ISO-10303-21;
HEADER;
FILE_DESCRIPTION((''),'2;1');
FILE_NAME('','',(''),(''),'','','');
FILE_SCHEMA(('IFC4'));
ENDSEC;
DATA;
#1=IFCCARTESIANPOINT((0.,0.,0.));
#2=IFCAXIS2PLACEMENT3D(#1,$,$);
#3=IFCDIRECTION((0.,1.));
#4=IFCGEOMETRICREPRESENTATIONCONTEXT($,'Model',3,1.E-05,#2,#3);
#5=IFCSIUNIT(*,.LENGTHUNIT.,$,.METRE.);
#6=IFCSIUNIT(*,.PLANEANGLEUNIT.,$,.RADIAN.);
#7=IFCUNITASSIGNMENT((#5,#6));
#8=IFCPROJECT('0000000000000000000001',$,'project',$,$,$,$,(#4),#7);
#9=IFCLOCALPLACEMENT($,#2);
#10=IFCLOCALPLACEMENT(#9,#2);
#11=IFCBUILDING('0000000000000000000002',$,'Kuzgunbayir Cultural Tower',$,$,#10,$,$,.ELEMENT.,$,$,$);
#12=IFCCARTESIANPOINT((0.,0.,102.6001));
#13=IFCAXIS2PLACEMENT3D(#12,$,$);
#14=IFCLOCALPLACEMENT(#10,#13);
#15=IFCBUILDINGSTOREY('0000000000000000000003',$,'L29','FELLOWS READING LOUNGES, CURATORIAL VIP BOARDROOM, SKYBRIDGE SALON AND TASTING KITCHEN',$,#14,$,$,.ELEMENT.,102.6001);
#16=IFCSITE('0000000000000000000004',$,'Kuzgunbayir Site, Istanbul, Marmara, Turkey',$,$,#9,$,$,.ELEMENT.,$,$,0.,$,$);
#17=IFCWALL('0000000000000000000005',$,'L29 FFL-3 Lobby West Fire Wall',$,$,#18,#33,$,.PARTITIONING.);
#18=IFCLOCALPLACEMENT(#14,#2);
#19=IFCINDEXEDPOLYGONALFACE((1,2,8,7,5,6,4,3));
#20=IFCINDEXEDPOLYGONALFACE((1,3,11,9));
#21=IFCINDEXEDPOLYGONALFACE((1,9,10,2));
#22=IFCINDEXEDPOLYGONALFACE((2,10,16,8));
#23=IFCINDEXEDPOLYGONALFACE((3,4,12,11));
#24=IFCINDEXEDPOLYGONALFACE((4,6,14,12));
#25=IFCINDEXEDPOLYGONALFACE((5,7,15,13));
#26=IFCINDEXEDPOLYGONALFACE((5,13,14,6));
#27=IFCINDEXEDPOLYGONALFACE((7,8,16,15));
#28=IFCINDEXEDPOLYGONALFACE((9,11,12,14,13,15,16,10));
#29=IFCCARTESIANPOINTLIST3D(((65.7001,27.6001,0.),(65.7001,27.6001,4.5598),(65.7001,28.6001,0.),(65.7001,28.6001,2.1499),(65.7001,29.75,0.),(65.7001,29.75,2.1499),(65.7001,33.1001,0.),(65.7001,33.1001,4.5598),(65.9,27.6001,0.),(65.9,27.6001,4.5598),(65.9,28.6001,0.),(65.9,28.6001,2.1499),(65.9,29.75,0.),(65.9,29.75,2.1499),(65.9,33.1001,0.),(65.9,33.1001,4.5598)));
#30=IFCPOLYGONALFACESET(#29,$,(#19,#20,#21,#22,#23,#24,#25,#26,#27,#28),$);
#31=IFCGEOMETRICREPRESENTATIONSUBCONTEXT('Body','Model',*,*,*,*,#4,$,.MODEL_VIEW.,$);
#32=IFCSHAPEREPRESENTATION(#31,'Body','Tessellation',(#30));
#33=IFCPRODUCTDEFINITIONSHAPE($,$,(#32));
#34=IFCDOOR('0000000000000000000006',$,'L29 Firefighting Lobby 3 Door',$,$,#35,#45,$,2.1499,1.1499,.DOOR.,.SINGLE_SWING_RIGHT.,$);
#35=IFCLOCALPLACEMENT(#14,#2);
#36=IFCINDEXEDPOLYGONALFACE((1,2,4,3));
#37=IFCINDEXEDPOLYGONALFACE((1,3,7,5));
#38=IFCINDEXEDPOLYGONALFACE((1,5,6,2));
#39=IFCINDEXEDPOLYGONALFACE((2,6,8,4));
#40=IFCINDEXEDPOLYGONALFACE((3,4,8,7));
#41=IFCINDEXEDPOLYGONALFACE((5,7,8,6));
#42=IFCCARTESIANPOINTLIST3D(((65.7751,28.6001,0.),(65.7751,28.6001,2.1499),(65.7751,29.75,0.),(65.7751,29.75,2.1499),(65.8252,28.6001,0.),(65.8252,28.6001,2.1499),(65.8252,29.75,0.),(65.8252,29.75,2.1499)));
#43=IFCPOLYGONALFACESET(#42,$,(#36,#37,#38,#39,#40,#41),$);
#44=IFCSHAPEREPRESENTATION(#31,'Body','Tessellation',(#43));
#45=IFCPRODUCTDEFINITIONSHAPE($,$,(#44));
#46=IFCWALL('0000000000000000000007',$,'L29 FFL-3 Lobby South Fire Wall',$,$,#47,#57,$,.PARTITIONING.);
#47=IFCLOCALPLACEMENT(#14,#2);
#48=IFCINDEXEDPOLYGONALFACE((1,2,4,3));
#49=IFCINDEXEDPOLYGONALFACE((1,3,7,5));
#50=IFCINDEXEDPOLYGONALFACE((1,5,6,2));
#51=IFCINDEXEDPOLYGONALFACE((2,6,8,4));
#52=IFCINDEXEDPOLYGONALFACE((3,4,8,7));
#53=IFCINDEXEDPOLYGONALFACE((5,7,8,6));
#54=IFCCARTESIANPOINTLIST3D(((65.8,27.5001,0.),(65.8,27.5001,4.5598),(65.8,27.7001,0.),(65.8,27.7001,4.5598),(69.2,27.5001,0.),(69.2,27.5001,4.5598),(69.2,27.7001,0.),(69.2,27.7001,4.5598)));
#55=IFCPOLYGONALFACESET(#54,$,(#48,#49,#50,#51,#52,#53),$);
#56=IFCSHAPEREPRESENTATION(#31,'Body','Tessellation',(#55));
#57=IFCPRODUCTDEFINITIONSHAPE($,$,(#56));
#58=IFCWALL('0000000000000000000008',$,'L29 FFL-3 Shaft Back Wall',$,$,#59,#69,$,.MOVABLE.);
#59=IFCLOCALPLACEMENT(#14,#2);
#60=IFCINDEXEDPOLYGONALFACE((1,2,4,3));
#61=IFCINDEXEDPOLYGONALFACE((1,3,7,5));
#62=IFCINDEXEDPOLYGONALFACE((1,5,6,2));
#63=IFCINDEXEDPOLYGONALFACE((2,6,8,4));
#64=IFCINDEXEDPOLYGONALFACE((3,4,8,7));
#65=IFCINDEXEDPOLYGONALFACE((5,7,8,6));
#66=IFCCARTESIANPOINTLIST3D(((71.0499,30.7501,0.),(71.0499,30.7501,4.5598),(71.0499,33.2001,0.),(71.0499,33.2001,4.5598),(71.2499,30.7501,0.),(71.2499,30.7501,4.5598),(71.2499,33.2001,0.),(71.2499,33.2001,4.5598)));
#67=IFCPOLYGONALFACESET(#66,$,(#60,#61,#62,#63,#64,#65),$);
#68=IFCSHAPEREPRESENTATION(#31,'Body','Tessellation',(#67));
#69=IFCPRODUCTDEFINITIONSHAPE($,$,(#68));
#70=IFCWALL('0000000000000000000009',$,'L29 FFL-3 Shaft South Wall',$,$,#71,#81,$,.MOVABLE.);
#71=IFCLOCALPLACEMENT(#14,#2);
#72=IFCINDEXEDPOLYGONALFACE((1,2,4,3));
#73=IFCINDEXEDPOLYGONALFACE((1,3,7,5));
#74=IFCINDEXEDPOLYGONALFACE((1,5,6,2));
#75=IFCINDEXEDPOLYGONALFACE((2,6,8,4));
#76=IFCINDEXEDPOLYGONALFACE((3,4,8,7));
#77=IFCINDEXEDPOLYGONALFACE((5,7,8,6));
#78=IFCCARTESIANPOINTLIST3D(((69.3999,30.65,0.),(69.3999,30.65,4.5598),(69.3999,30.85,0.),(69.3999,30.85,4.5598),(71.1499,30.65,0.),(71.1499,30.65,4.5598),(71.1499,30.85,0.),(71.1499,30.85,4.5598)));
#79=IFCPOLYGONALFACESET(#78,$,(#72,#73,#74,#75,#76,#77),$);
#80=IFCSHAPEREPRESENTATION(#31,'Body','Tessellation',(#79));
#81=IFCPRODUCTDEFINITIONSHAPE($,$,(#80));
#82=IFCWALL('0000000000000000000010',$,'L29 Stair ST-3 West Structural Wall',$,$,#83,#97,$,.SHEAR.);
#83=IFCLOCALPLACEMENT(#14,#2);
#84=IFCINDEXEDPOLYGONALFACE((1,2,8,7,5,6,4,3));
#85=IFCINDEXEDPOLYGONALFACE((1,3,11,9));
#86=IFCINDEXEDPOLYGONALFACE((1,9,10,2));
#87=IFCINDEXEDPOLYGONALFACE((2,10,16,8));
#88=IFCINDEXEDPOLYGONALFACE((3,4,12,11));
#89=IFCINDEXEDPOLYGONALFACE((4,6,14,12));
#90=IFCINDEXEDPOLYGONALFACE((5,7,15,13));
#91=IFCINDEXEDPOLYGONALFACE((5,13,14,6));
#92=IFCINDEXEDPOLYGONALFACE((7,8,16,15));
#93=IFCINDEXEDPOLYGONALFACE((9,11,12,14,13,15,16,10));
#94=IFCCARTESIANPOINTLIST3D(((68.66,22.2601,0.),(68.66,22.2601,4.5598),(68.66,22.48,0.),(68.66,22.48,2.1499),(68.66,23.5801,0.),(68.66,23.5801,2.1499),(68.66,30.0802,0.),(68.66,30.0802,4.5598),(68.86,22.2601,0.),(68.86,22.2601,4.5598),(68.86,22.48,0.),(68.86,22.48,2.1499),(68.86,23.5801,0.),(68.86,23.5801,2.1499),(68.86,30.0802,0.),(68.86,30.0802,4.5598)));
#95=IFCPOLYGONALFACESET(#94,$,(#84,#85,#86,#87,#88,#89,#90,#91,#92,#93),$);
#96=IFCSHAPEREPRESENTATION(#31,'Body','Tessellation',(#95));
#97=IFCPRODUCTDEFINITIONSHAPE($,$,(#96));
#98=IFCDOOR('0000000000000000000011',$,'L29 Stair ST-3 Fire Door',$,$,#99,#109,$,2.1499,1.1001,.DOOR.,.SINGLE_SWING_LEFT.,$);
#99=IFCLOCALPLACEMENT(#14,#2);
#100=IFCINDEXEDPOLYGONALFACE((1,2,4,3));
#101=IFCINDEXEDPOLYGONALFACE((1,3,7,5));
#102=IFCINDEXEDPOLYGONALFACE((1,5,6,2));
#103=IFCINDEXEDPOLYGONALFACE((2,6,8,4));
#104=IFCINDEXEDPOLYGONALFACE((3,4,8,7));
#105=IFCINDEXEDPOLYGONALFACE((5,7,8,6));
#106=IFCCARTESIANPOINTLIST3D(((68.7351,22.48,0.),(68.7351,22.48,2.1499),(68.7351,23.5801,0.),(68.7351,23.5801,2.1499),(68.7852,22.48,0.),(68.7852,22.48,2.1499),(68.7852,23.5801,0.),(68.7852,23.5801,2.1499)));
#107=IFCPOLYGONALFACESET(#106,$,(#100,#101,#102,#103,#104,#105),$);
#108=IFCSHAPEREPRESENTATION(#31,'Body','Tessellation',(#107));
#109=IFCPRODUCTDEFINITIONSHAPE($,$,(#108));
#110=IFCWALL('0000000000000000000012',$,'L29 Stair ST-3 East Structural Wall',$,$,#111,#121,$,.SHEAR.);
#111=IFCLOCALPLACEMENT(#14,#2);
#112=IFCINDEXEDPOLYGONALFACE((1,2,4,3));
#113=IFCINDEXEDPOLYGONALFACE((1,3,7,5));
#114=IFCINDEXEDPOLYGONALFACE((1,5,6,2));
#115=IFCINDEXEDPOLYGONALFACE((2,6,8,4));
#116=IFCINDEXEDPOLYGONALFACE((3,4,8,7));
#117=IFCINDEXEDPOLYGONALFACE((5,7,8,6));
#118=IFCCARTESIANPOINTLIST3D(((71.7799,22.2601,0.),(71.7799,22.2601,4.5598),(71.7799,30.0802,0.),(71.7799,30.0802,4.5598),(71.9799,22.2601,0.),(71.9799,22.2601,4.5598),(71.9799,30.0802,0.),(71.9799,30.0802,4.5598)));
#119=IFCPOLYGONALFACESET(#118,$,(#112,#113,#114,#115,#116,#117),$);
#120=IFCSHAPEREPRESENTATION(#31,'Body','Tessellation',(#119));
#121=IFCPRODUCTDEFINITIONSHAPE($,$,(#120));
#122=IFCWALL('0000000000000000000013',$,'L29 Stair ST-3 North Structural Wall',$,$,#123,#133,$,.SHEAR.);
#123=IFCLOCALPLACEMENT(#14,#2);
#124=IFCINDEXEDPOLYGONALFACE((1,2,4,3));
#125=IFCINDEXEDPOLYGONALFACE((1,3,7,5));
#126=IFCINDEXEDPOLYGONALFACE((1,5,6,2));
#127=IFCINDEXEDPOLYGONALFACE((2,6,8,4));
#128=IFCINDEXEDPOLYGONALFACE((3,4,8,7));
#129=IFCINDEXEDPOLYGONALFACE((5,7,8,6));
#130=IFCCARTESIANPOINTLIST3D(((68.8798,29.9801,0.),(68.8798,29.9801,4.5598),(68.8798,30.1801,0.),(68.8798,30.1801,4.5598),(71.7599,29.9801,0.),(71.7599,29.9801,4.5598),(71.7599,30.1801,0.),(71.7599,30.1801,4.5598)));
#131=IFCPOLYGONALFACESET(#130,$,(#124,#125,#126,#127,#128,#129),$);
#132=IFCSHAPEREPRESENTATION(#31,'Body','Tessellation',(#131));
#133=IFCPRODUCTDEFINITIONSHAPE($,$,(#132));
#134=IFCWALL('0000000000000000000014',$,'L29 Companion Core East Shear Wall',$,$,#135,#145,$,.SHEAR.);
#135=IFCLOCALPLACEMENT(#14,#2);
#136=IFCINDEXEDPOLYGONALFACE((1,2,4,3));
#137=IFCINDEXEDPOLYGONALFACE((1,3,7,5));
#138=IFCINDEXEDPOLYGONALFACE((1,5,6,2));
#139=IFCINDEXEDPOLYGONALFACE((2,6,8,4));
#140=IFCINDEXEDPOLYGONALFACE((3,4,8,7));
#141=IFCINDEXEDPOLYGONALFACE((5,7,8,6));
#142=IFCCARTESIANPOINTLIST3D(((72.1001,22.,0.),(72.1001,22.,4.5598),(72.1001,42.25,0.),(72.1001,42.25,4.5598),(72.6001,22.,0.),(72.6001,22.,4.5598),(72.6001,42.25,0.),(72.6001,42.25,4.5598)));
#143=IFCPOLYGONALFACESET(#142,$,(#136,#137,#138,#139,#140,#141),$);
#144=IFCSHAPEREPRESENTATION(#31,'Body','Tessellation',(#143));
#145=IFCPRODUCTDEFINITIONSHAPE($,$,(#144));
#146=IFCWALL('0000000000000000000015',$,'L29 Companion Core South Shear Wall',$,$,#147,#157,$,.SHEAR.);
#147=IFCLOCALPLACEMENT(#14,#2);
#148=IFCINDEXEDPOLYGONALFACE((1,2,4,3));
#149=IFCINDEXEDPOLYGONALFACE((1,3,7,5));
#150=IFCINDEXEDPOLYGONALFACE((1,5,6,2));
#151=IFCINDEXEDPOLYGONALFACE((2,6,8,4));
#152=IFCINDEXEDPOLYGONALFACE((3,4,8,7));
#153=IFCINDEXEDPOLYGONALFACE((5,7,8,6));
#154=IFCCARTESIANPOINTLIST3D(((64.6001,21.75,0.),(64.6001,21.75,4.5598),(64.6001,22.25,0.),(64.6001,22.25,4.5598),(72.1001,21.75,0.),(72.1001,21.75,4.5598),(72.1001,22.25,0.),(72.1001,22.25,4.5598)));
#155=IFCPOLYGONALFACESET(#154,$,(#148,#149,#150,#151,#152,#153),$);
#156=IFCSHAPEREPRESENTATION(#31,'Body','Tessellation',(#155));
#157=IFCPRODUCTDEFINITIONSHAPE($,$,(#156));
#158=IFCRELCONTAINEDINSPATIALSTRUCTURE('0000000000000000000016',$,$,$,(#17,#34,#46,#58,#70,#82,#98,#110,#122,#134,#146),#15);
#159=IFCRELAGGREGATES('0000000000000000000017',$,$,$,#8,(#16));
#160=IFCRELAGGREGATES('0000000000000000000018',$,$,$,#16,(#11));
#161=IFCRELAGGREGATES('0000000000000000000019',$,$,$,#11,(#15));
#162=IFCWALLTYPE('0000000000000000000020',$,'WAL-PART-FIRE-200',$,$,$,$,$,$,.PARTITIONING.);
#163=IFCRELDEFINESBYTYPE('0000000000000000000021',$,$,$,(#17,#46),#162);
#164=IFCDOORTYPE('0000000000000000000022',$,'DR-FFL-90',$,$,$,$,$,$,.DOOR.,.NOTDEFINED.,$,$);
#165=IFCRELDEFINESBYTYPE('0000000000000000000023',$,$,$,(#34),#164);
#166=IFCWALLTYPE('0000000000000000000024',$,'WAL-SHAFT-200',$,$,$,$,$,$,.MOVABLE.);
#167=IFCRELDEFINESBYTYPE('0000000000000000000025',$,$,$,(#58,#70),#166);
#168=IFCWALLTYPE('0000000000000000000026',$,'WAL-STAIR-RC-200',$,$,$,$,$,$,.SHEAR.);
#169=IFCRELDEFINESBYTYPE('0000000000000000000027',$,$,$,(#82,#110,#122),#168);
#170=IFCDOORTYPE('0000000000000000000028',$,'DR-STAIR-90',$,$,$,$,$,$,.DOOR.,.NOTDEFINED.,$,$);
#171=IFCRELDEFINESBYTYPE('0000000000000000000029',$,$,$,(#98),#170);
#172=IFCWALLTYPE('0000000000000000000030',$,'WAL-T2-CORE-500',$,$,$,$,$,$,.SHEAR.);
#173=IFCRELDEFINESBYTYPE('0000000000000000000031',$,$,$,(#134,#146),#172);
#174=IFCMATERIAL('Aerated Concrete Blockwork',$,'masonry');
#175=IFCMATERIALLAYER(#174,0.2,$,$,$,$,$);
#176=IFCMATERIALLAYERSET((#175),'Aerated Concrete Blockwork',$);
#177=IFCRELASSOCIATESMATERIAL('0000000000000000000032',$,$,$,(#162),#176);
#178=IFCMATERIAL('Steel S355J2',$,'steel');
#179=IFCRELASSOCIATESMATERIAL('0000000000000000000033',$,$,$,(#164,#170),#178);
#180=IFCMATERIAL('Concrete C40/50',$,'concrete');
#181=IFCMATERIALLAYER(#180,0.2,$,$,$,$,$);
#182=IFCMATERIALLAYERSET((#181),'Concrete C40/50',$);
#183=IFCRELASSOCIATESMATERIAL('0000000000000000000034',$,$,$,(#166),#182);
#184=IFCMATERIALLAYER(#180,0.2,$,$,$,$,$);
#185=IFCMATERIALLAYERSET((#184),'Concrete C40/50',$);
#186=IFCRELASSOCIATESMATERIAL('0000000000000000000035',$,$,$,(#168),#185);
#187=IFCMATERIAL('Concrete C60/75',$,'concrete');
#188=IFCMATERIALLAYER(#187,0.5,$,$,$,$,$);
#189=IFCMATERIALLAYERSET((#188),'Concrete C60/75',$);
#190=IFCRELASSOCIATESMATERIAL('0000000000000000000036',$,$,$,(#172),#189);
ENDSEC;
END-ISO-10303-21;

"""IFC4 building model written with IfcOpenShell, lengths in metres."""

from ifc_helpers import new_model, si_unit, direction, frame, frame_2d, origin, place, context, subcontext, project, spatial, rectangle, extrude, material, layer, layer_set, type_object, element, fill, save


model = new_model("IFC4")

# Units and contexts
model_context = context("Model", 3, precision=1e-05, world=origin(), true_north=direction((0.0, 1.0)))
body_context = subcontext(model_context, "Body", "Model", "MODEL_VIEW")
ifc_project = project(units=[si_unit("LENGTHUNIT", "METRE"), si_unit("PLANEANGLEUNIT", "RADIAN")], contexts=[model_context])

# Site, building, storey
site_placement = place(None, origin())
site = spatial("IfcSite", under=ifc_project, at=site_placement, Name="Kuzgunbayir Site, Istanbul, Marmara, Turkey", CompositionType="ELEMENT", RefElevation=0.0)
building_placement = place(site_placement, origin())
building = spatial("IfcBuilding", under=site, at=building_placement, Name="Kuzgunbayir Cultural Tower", CompositionType="ELEMENT")
storey_placement = place(building_placement, frame((0.0, 0.0, 102.6001)))
storey = spatial("IfcBuildingStorey", under=building, at=storey_placement, Name="L29", Description="FELLOWS READING LOUNGES, CURATORIAL VIP BOARDROOM, SKYBRIDGE SALON AND TASTING KITCHEN", CompositionType="ELEMENT", Elevation=102.6001)

# Shared definitions
ifc_material_1 = material(Name="Concrete C60/75", Category="concrete")

# Shared definitions
ifc_material_2 = material(Name="Steel S355J2", Category="steel")

# Wall, opening, door
ifc_material_3 = material(Name="Aerated Concrete Blockwork", Category="masonry")
ifc_layer_1 = layer(ifc_material_3, 0.2)
ifc_layer_set_1 = layer_set([ifc_layer_1], Name="Aerated Concrete Blockwork")
wall_type_1 = type_object("IfcWallType", Name="WAL-PART-FIRE-200", PredefinedType="PARTITIONING", material=ifc_layer_set_1)
wall_1_placement = place(storey_placement, frame((65.8, 27.6001, 0.0), z_axis=(0.0, 0.0, 1.0), x_axis=(0.0, 1.0, 0.0)))
wall_1 = element("IfcWall", 1, at=wall_1_placement, inside=storey, type_object=wall_type_1, Name="L29 FFL-3 Lobby West Fire Wall", PredefinedType="PARTITIONING", context=body_context, shape_type="SweptSolid", body=[
    extrude(rectangle(XDim=5.5, YDim=0.2, at=frame_2d((2.75, 0.0))), origin(), (0.0, 0.0, 1.0), 4.5598),
])
opening_1_placement = place(wall_1_placement, frame((1.0, 0.0, 0.0)))
opening_1 = element("IfcOpeningElement", 2, at=opening_1_placement, cuts=wall_1, PredefinedType="OPENING", context=body_context, shape_type="SweptSolid", body=[
    extrude(rectangle(XDim=1.1499, YDim=2.1499, at=frame_2d((0.575, 1.075))), frame((0.0, 0.1099, 0.0), z_axis=(0.0, -1.0, 0.0), x_axis=(1.0, 0.0, 0.0)), (0.0, 0.0, 1.0), 0.22),
])
door_type_1 = type_object("IfcDoorType", Name="DR-FFL-90", OperationType="NOTDEFINED", PredefinedType="DOOR", material=ifc_material_2)
door_1_placement = place(opening_1_placement, origin())
door_1 = element("IfcDoor", 3, at=door_1_placement, inside=storey, type_object=door_type_1, Name="L29 Firefighting Lobby 3 Door", OperationType="SINGLE_SWING_RIGHT", OverallHeight=2.1499, OverallWidth=1.1499, PredefinedType="DOOR", context=body_context, shape_type="SweptSolid", body=[
    extrude(rectangle(XDim=1.1499, YDim=2.1499, at=frame_2d((0.575, 1.075))), frame((0.0, 0.0249, 0.0), z_axis=(0.0, -1.0, 0.0), x_axis=(1.0, 0.0, 0.0)), (0.0, 0.0, 1.0), 0.05),
])
fill(opening_1, door_1)

# Wall
wall_2_placement = place(storey_placement, frame((65.8, 27.6001, 0.0), z_axis=(0.0, 0.0, 1.0), x_axis=(1.0, 0.0, 0.0)))
element("IfcWall", 4, at=wall_2_placement, inside=storey, type_object=wall_type_1, Name="L29 FFL-3 Lobby South Fire Wall", PredefinedType="PARTITIONING", context=body_context, shape_type="SweptSolid", body=[
    extrude(rectangle(XDim=3.3999, YDim=0.2, at=frame_2d((1.7, 0.0))), origin(), (0.0, 0.0, 1.0), 4.5598),
])

# Shared definitions
ifc_material_4 = material(Name="Concrete C40/50", Category="concrete")
ifc_layer_2 = layer(ifc_material_4, 0.2)
ifc_layer_set_2 = layer_set([ifc_layer_2], Name="Concrete C40/50")
wall_type_2 = type_object("IfcWallType", Name="WAL-SHAFT-200", PredefinedType="MOVABLE", material=ifc_layer_set_2)

# Walls
wall_3_placement = place(storey_placement, frame((71.1499, 30.75, 0.0), z_axis=(0.0, 0.0, 1.0), x_axis=(0.0, 1.0, 0.0)))
element("IfcWall", 5, at=wall_3_placement, inside=storey, type_object=wall_type_2, Name="L29 FFL-3 Shaft Back Wall", PredefinedType="MOVABLE", context=body_context, shape_type="SweptSolid", body=[
    extrude(rectangle(XDim=2.45, YDim=0.2, at=frame_2d((1.2251, 0.0))), origin(), (0.0, 0.0, 1.0), 4.5598),
])
wall_4_placement = place(storey_placement, frame((69.3999, 30.75, 0.0), z_axis=(0.0, 0.0, 1.0), x_axis=(1.0, 0.0, 0.0)))
element("IfcWall", 6, at=wall_4_placement, inside=storey, type_object=wall_type_2, Name="L29 FFL-3 Shaft South Wall", PredefinedType="MOVABLE", context=body_context, shape_type="SweptSolid", body=[
    extrude(rectangle(XDim=1.75, YDim=0.2, at=frame_2d((0.875, 0.0))), origin(), (0.0, 0.0, 1.0), 4.5598),
])

# Wall, opening, door
ifc_layer_3 = layer(ifc_material_4, 0.2)
ifc_layer_set_3 = layer_set([ifc_layer_3], Name="Concrete C40/50")
wall_type_3 = type_object("IfcWallType", Name="WAL-STAIR-RC-200", PredefinedType="SHEAR", material=ifc_layer_set_3)
wall_5_placement = place(storey_placement, frame((68.76, 22.26, 0.0), z_axis=(0.0, 0.0, 1.0), x_axis=(0.0, 1.0, 0.0)))
wall_5 = element("IfcWall", 7, at=wall_5_placement, inside=storey, type_object=wall_type_3, Name="L29 Stair ST-3 West Structural Wall", PredefinedType="SHEAR", context=body_context, shape_type="SweptSolid", body=[
    extrude(rectangle(XDim=7.8201, YDim=0.2, at=frame_2d((3.9102, 0.0))), origin(), (0.0, 0.0, 1.0), 4.5598),
])
opening_2_placement = place(wall_5_placement, frame((0.22, 0.0, 0.0)))
opening_2 = element("IfcOpeningElement", 8, at=opening_2_placement, cuts=wall_5, PredefinedType="OPENING", context=body_context, shape_type="SweptSolid", body=[
    extrude(rectangle(XDim=1.1001, YDim=2.1499, at=frame_2d((0.55, 1.075))), frame((0.0, 0.1099, 0.0), z_axis=(0.0, -1.0, 0.0), x_axis=(1.0, 0.0, 0.0)), (0.0, 0.0, 1.0), 0.22),
])
door_type_2 = type_object("IfcDoorType", Name="DR-STAIR-90", OperationType="NOTDEFINED", PredefinedType="DOOR", material=ifc_material_2)
door_2_placement = place(opening_2_placement, origin())
door_2 = element("IfcDoor", 9, at=door_2_placement, inside=storey, type_object=door_type_2, Name="L29 Stair ST-3 Fire Door", OperationType="SINGLE_SWING_LEFT", OverallHeight=2.1499, OverallWidth=1.1001, PredefinedType="DOOR", context=body_context, shape_type="SweptSolid", body=[
    extrude(rectangle(XDim=1.1001, YDim=2.1499, at=frame_2d((0.55, 1.075))), frame((0.0, 0.0249, 0.0), z_axis=(0.0, -1.0, 0.0), x_axis=(1.0, 0.0, 0.0)), (0.0, 0.0, 1.0), 0.05),
])
fill(opening_2, door_2)

# Walls
wall_6_placement = place(storey_placement, frame((71.8799, 22.26, 0.0), z_axis=(0.0, 0.0, 1.0), x_axis=(0.0, 1.0, 0.0)))
element("IfcWall", 10, at=wall_6_placement, inside=storey, type_object=wall_type_3, Name="L29 Stair ST-3 East Structural Wall", PredefinedType="SHEAR", context=body_context, shape_type="SweptSolid", body=[
    extrude(rectangle(XDim=7.8201, YDim=0.2, at=frame_2d((3.9102, 0.0))), origin(), (0.0, 0.0, 1.0), 4.5598),
])
wall_7_placement = place(storey_placement, frame((68.8799, 30.0801, 0.0), z_axis=(0.0, 0.0, 1.0), x_axis=(1.0, 0.0, 0.0)))
element("IfcWall", 11, at=wall_7_placement, inside=storey, type_object=wall_type_3, Name="L29 Stair ST-3 North Structural Wall", PredefinedType="SHEAR", context=body_context, shape_type="SweptSolid", body=[
    extrude(rectangle(XDim=2.8801, YDim=0.2, at=frame_2d((1.4399, 0.0))), origin(), (0.0, 0.0, 1.0), 4.5598),
])
ifc_layer_4 = layer(ifc_material_1, 0.5)
ifc_layer_set_4 = layer_set([ifc_layer_4], Name="Concrete C60/75")
wall_type_4 = type_object("IfcWallType", Name="WAL-T2-CORE-500", PredefinedType="SHEAR", material=ifc_layer_set_4)
wall_8_placement = place(storey_placement, frame((72.3501, 22.0, 0.0), z_axis=(0.0, 0.0, 1.0), x_axis=(0.0, 1.0, 0.0)))
element("IfcWall", 12, at=wall_8_placement, inside=storey, type_object=wall_type_4, Name="L29 Companion Core East Shear Wall", PredefinedType="SHEAR", context=body_context, shape_type="SweptSolid", body=[
    extrude(rectangle(XDim=20.25, YDim=0.5, at=frame_2d((10.125, 0.0))), origin(), (0.0, 0.0, 1.0), 4.5598),
])
wall_9_placement = place(storey_placement, frame((64.6001, 22.0, 0.0), z_axis=(0.0, 0.0, 1.0), x_axis=(1.0, 0.0, 0.0)))
element("IfcWall", 13, at=wall_9_placement, inside=storey, type_object=wall_type_4, Name="L29 Companion Core South Shear Wall", PredefinedType="SHEAR", context=body_context, shape_type="SweptSolid", body=[
    extrude(rectangle(XDim=7.5, YDim=0.5, at=frame_2d((3.75, 0.0))), origin(), (0.0, 0.0, 1.0), 4.5598),
])

save(model, "model.ifc")
